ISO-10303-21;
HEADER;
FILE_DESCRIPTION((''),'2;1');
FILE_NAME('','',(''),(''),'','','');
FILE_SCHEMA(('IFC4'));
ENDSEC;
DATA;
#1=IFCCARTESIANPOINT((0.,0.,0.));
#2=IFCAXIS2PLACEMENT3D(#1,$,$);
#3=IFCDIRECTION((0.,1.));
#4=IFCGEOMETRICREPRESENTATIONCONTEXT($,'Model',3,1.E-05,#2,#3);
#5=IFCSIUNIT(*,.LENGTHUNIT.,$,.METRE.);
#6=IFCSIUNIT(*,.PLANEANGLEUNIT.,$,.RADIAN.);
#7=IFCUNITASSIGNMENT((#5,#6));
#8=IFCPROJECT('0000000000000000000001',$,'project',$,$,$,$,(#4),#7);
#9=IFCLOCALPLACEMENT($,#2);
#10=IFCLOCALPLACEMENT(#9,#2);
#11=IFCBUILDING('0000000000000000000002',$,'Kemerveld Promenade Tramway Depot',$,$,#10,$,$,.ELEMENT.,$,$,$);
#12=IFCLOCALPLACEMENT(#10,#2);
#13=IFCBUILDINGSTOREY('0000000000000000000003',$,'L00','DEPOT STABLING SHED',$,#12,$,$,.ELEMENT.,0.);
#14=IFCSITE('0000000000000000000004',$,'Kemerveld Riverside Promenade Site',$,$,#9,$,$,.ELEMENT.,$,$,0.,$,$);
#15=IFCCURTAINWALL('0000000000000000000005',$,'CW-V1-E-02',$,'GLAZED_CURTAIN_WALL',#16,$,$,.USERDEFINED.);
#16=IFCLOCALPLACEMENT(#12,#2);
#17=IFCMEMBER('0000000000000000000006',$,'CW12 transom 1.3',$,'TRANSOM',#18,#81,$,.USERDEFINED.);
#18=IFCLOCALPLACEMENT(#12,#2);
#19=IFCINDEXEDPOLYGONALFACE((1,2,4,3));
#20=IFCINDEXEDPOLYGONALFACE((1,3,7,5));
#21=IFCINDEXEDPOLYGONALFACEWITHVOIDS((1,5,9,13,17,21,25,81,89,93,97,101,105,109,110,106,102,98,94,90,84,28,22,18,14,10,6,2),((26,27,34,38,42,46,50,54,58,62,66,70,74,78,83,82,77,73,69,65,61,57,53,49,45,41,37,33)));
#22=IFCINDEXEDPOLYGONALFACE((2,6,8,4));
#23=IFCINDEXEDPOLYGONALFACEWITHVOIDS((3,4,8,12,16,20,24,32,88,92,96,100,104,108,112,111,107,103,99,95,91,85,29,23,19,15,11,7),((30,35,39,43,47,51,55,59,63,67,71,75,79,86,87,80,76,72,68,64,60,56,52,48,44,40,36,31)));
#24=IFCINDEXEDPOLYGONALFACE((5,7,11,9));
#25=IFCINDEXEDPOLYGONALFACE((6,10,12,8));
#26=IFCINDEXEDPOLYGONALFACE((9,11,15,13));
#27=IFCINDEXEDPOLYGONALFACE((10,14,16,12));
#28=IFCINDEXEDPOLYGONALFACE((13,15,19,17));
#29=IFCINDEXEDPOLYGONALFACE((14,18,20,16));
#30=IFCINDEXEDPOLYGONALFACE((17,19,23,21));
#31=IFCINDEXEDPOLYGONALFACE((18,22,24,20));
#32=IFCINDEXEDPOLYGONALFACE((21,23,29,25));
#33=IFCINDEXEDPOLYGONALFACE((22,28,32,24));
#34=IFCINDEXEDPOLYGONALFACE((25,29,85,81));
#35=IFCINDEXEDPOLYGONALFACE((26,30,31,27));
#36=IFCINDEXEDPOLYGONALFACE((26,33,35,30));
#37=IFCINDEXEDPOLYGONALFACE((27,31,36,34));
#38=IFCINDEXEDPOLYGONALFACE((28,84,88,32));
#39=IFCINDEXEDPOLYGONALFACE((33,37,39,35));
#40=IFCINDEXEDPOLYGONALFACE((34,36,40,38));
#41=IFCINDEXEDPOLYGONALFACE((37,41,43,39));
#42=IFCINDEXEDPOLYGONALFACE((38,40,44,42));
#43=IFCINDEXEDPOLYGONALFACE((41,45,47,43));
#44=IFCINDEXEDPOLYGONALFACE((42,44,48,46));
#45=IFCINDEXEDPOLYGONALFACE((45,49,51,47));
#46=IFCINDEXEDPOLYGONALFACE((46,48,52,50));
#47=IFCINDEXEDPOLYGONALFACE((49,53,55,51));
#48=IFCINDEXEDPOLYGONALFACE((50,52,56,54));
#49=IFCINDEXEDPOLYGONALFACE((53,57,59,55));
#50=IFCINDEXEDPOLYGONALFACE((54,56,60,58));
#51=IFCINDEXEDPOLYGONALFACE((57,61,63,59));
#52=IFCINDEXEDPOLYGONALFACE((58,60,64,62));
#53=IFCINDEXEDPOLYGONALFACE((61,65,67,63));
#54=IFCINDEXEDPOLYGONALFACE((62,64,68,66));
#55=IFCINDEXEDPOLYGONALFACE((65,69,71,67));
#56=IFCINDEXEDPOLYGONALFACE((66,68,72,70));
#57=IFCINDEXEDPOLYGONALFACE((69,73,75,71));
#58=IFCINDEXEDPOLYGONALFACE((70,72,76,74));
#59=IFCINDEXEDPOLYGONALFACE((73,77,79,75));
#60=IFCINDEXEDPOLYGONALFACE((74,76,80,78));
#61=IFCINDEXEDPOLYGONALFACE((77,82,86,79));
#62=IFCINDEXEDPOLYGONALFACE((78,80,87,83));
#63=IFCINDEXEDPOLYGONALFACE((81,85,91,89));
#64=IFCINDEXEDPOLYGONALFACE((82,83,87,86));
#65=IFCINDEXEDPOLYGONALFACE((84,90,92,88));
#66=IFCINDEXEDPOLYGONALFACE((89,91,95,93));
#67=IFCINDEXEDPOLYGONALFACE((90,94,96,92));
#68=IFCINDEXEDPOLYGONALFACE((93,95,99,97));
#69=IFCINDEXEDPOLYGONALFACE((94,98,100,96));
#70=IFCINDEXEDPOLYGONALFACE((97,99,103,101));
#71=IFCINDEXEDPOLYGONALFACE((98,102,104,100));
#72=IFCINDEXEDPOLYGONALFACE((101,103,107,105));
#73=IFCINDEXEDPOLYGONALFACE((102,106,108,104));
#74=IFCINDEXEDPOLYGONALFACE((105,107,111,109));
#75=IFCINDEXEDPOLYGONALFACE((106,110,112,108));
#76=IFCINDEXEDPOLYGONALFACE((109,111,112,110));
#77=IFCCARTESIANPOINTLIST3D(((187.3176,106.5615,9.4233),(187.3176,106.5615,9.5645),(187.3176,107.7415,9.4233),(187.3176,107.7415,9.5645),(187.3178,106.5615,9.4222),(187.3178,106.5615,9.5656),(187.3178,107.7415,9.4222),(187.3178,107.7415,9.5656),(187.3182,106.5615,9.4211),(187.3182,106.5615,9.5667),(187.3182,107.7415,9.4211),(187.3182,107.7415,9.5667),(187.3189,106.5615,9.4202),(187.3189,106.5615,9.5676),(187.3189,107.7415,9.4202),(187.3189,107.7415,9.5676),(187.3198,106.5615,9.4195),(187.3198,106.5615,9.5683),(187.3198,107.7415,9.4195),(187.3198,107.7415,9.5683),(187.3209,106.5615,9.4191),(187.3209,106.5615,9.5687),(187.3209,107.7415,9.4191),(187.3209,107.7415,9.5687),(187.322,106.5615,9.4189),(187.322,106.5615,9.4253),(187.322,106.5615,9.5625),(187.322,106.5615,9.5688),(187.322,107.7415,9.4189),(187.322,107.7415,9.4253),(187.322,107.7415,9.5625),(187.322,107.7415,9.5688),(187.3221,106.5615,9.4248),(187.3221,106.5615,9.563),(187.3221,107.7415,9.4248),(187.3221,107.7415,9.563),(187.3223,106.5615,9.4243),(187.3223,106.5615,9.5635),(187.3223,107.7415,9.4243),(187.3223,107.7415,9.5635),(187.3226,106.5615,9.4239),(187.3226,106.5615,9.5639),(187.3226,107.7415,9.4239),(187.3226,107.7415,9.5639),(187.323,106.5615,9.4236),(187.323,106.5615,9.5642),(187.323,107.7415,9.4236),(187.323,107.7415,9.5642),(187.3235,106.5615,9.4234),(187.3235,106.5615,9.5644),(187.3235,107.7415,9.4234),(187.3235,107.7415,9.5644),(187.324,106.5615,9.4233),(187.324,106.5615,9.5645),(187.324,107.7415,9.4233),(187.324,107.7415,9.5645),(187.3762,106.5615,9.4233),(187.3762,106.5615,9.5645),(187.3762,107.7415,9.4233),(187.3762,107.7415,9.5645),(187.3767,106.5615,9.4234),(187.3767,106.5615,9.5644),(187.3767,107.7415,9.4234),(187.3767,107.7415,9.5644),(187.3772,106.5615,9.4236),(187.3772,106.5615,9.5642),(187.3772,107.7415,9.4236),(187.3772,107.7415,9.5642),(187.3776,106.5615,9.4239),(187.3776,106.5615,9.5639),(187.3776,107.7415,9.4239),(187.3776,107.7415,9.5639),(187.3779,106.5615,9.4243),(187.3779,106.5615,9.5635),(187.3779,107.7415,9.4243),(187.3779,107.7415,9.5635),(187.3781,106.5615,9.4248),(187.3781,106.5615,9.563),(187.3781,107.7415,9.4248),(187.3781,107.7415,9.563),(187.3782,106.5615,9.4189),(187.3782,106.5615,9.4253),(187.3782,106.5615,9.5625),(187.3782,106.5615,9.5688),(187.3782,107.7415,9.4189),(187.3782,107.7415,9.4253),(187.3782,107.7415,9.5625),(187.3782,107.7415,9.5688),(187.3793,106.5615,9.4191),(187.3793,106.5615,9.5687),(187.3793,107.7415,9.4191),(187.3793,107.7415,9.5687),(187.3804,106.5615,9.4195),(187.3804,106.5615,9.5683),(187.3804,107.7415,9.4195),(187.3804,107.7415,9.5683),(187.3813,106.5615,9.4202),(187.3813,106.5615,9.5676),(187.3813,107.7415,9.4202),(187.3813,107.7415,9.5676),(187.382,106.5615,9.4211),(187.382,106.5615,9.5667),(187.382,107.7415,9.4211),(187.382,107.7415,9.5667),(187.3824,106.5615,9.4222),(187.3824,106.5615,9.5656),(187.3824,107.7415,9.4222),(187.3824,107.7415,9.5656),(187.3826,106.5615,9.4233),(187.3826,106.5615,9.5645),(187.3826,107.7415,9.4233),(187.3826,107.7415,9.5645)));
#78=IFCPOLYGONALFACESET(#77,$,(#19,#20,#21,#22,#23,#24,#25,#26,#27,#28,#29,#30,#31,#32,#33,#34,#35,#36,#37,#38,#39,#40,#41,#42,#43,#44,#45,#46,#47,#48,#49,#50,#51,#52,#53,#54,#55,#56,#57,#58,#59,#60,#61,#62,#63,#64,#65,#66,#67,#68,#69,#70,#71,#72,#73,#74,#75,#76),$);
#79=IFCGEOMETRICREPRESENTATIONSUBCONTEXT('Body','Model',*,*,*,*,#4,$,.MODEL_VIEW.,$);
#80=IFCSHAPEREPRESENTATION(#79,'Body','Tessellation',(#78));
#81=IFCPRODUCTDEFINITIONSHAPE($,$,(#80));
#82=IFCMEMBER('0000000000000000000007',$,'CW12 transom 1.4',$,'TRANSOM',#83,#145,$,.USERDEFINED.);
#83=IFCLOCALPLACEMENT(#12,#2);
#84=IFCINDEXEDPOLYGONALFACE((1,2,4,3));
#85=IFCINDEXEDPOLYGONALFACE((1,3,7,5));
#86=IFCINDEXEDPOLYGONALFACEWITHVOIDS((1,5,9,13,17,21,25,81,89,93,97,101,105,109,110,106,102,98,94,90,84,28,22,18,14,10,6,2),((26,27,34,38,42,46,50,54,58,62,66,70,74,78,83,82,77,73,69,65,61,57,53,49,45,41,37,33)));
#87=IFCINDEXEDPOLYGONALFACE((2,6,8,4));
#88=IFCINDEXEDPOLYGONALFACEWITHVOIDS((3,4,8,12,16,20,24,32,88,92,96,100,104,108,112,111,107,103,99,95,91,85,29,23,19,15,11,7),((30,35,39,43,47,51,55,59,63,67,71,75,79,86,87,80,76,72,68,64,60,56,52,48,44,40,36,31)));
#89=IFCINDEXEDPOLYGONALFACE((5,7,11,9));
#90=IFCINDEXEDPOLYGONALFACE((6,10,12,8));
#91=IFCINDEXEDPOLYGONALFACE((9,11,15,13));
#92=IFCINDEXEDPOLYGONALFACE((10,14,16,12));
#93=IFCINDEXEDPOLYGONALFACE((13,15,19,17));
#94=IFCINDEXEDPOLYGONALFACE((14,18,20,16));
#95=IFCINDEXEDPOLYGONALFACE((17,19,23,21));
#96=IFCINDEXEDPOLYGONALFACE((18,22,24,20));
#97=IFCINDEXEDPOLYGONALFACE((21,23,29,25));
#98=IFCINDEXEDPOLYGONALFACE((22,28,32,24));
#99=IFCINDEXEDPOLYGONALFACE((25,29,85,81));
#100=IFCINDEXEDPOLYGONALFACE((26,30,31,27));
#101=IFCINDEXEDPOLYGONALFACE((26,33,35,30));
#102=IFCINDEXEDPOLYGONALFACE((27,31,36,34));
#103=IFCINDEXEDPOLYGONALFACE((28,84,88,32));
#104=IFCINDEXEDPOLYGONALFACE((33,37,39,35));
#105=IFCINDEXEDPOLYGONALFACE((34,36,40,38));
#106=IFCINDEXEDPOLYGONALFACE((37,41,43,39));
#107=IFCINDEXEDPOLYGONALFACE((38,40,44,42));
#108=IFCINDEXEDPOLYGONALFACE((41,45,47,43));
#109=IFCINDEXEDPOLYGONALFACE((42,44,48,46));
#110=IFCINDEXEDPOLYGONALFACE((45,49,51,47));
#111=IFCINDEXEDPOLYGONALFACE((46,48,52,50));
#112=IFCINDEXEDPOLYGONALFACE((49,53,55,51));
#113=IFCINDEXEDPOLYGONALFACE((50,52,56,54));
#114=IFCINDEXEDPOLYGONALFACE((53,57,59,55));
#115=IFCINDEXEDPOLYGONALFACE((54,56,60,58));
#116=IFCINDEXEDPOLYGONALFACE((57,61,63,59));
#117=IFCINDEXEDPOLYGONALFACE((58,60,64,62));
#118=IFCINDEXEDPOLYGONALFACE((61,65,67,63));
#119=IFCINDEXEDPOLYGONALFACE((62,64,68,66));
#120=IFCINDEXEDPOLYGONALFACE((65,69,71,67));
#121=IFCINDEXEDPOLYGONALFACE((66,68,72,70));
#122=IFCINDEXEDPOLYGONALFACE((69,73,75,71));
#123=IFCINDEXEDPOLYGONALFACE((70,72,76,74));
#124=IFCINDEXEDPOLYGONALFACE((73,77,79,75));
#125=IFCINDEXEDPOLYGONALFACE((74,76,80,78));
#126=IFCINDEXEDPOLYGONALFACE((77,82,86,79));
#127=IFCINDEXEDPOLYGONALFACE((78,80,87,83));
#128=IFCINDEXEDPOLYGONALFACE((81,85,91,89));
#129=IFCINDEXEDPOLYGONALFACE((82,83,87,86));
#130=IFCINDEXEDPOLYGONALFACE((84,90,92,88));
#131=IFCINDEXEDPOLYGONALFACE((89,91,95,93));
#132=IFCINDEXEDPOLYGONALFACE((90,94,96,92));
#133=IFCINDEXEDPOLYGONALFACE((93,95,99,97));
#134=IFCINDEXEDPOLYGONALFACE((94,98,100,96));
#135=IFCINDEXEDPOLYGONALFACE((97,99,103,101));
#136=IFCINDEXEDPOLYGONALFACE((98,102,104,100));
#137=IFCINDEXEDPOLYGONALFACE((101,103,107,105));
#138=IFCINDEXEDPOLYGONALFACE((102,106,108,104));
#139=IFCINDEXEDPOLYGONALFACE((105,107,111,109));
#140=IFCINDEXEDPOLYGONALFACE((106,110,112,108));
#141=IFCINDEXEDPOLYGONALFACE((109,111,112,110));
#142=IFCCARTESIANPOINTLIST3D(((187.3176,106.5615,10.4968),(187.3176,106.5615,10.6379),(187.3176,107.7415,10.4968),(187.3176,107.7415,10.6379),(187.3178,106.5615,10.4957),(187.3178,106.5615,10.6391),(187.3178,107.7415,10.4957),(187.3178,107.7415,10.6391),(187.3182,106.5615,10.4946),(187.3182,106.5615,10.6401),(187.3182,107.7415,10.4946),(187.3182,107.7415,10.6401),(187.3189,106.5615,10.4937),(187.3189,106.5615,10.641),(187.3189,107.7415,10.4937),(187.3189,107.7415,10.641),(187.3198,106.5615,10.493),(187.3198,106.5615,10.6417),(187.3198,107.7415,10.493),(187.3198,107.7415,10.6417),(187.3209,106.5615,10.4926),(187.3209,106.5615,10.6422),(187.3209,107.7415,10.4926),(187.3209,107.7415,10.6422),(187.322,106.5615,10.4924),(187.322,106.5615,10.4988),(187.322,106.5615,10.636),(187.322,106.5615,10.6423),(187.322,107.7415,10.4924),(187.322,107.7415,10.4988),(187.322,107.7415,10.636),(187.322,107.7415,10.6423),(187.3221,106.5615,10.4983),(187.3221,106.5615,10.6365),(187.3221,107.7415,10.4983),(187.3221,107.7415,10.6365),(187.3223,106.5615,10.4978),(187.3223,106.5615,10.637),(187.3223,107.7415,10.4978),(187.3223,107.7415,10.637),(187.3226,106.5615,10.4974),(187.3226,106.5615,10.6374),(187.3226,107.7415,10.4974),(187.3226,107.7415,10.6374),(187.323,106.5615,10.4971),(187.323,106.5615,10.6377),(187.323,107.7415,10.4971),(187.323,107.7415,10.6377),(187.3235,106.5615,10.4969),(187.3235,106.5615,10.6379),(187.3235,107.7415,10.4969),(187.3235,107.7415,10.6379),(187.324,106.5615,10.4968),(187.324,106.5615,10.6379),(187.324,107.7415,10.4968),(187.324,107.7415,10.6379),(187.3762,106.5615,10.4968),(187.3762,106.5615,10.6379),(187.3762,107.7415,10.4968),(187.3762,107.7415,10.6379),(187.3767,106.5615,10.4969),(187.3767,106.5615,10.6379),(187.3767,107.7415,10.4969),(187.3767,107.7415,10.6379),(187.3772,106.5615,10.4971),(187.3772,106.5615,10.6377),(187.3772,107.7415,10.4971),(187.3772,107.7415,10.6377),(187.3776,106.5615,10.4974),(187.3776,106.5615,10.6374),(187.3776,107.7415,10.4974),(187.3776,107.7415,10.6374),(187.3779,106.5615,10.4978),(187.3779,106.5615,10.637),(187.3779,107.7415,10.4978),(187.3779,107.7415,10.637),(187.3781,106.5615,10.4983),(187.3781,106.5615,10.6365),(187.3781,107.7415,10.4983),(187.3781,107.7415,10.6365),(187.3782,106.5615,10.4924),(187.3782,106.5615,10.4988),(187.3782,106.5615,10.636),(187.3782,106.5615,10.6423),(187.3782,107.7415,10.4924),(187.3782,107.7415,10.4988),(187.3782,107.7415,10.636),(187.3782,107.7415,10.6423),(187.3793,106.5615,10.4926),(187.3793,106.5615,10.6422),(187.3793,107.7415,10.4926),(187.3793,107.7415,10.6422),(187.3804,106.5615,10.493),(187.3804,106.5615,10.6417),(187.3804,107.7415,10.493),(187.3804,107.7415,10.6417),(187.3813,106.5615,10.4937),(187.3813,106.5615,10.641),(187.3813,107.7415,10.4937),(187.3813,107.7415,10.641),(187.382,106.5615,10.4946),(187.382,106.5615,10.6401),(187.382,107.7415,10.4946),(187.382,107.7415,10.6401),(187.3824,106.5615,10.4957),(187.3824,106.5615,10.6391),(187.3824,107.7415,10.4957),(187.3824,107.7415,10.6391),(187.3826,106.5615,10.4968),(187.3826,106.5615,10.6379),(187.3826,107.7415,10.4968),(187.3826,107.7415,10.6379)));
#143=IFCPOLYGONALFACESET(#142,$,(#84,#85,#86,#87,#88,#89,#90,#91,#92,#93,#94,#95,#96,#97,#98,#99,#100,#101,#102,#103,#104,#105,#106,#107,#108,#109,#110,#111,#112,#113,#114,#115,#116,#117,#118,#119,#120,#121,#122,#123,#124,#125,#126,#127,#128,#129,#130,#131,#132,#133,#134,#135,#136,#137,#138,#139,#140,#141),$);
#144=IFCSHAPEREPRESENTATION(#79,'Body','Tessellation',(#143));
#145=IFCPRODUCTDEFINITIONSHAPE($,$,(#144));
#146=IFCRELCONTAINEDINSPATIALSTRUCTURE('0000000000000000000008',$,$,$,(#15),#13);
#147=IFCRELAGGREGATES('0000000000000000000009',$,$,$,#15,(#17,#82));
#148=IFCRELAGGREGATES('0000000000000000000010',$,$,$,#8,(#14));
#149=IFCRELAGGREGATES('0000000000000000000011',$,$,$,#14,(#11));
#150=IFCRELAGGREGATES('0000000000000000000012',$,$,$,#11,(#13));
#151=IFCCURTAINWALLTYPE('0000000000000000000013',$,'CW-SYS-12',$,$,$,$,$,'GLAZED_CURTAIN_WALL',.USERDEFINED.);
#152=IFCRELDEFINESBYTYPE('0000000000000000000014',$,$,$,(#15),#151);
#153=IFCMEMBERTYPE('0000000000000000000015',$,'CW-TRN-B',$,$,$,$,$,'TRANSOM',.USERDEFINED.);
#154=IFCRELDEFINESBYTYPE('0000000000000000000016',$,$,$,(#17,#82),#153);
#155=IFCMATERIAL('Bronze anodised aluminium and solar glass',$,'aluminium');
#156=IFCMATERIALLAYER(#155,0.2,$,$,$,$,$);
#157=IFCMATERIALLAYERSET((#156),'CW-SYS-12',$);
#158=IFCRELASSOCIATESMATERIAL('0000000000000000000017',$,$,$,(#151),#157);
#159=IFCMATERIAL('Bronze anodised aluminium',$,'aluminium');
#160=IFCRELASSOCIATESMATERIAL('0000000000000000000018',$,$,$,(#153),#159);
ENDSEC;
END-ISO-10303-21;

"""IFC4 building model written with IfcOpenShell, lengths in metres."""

from ifc_helpers import new_model, si_unit, direction, frame, origin, origin_2d, place, context, subcontext, project, spatial, hollow_rectangle, extrude, material, layer, layer_set, material_profile, profile_set, type_object, element, aggregate, save


model = new_model("IFC4")

# Units and contexts
model_context = context("Model", 3, precision=1e-05, world=origin(), true_north=direction((0.0, 1.0)))
body_context = subcontext(model_context, "Body", "Model", "MODEL_VIEW")
ifc_project = project(units=[si_unit("LENGTHUNIT", "METRE"), si_unit("PLANEANGLEUNIT", "RADIAN")], contexts=[model_context])

# Site, building, storey
site_placement = place(None, origin())
site = spatial("IfcSite", under=ifc_project, at=site_placement, Name="Kemerveld Riverside Promenade Site", CompositionType="ELEMENT", RefElevation=0.0)
building_placement = place(site_placement, origin())
building = spatial("IfcBuilding", under=site, at=building_placement, Name="Kemerveld Promenade Tramway Depot", CompositionType="ELEMENT")
storey_placement = place(building_placement, origin())
storey = spatial("IfcBuildingStorey", under=building, at=storey_placement, Name="L00", Description="DEPOT STABLING SHED", CompositionType="ELEMENT", Elevation=0.0)

# Curtain wall, members
ifc_material_1 = material(Name="Bronze anodised aluminium and solar glass", Category="aluminium")
ifc_material_2 = material(Name="Bronze anodised aluminium", Category="aluminium")
ifc_layer_1 = layer(ifc_material_1, 0.2)
ifc_layer_set_1 = layer_set([ifc_layer_1], Name="CW-SYS-12")
curtain_wall_type_1 = type_object("IfcCurtainWallType", Name="CW-SYS-12", ElementType="GLAZED_CURTAIN_WALL", PredefinedType="USERDEFINED", material=ifc_layer_set_1)
curtain_wall_1_placement = place(storey_placement, origin())
curtain_wall_1 = element("IfcCurtainWall", 1, at=curtain_wall_1_placement, inside=storey, type_object=curtain_wall_type_1, Name="CW-V1-E-02", ObjectType="GLAZED_CURTAIN_WALL", PredefinedType="USERDEFINED")
ifc_material_profile_1 = material_profile(ifc_material_2, hollow_rectangle(XDim=0.0649, YDim=0.1499, WallThickness=0.0044, InnerFilletRadius=0.002, OuterFilletRadius=0.0044, at=origin_2d()), Name="CW-TRN-150x65")
ifc_profile_set_1 = profile_set([ifc_material_profile_1], Name="Bronze anodised aluminium")
member_type_1 = type_object("IfcMemberType", Name="CW-TRN-B", ElementType="TRANSOM", PredefinedType="USERDEFINED", material=ifc_profile_set_1)
member_1_placement = place(storey_placement, frame((187.3501, 107.7415, 9.4939), z_axis=(0.0, -1.0, 0.0), x_axis=(1.0, 0.0, 0.0)))
member_1 = element("IfcMember", 2, at=member_1_placement, type_object=member_type_1, Name="CW12 transom 1.3", ObjectType="TRANSOM", PredefinedType="USERDEFINED", context=body_context, shape_type="SweptSolid", body=[
    extrude(hollow_rectangle(XDim=0.0649, YDim=0.1499, WallThickness=0.0044, InnerFilletRadius=0.002, OuterFilletRadius=0.0044, at=origin_2d()), origin(), (0.0, 0.0, 1.0), 1.1799),
])
member_2_placement = place(storey_placement, frame((187.3501, 107.7415, 10.5674), z_axis=(0.0, -1.0, 0.0), x_axis=(1.0, 0.0, 0.0)))
member_2 = element("IfcMember", 3, at=member_2_placement, type_object=member_type_1, Name="CW12 transom 1.4", ObjectType="TRANSOM", PredefinedType="USERDEFINED", context=body_context, shape_type="SweptSolid", body=[
    extrude(hollow_rectangle(XDim=0.0649, YDim=0.1499, WallThickness=0.0044, InnerFilletRadius=0.002, OuterFilletRadius=0.0044, at=origin_2d()), origin(), (0.0, 0.0, 1.0), 1.1799),
])

aggregate(curtain_wall_1, [member_1, member_2])

save(model, "model.ifc")
